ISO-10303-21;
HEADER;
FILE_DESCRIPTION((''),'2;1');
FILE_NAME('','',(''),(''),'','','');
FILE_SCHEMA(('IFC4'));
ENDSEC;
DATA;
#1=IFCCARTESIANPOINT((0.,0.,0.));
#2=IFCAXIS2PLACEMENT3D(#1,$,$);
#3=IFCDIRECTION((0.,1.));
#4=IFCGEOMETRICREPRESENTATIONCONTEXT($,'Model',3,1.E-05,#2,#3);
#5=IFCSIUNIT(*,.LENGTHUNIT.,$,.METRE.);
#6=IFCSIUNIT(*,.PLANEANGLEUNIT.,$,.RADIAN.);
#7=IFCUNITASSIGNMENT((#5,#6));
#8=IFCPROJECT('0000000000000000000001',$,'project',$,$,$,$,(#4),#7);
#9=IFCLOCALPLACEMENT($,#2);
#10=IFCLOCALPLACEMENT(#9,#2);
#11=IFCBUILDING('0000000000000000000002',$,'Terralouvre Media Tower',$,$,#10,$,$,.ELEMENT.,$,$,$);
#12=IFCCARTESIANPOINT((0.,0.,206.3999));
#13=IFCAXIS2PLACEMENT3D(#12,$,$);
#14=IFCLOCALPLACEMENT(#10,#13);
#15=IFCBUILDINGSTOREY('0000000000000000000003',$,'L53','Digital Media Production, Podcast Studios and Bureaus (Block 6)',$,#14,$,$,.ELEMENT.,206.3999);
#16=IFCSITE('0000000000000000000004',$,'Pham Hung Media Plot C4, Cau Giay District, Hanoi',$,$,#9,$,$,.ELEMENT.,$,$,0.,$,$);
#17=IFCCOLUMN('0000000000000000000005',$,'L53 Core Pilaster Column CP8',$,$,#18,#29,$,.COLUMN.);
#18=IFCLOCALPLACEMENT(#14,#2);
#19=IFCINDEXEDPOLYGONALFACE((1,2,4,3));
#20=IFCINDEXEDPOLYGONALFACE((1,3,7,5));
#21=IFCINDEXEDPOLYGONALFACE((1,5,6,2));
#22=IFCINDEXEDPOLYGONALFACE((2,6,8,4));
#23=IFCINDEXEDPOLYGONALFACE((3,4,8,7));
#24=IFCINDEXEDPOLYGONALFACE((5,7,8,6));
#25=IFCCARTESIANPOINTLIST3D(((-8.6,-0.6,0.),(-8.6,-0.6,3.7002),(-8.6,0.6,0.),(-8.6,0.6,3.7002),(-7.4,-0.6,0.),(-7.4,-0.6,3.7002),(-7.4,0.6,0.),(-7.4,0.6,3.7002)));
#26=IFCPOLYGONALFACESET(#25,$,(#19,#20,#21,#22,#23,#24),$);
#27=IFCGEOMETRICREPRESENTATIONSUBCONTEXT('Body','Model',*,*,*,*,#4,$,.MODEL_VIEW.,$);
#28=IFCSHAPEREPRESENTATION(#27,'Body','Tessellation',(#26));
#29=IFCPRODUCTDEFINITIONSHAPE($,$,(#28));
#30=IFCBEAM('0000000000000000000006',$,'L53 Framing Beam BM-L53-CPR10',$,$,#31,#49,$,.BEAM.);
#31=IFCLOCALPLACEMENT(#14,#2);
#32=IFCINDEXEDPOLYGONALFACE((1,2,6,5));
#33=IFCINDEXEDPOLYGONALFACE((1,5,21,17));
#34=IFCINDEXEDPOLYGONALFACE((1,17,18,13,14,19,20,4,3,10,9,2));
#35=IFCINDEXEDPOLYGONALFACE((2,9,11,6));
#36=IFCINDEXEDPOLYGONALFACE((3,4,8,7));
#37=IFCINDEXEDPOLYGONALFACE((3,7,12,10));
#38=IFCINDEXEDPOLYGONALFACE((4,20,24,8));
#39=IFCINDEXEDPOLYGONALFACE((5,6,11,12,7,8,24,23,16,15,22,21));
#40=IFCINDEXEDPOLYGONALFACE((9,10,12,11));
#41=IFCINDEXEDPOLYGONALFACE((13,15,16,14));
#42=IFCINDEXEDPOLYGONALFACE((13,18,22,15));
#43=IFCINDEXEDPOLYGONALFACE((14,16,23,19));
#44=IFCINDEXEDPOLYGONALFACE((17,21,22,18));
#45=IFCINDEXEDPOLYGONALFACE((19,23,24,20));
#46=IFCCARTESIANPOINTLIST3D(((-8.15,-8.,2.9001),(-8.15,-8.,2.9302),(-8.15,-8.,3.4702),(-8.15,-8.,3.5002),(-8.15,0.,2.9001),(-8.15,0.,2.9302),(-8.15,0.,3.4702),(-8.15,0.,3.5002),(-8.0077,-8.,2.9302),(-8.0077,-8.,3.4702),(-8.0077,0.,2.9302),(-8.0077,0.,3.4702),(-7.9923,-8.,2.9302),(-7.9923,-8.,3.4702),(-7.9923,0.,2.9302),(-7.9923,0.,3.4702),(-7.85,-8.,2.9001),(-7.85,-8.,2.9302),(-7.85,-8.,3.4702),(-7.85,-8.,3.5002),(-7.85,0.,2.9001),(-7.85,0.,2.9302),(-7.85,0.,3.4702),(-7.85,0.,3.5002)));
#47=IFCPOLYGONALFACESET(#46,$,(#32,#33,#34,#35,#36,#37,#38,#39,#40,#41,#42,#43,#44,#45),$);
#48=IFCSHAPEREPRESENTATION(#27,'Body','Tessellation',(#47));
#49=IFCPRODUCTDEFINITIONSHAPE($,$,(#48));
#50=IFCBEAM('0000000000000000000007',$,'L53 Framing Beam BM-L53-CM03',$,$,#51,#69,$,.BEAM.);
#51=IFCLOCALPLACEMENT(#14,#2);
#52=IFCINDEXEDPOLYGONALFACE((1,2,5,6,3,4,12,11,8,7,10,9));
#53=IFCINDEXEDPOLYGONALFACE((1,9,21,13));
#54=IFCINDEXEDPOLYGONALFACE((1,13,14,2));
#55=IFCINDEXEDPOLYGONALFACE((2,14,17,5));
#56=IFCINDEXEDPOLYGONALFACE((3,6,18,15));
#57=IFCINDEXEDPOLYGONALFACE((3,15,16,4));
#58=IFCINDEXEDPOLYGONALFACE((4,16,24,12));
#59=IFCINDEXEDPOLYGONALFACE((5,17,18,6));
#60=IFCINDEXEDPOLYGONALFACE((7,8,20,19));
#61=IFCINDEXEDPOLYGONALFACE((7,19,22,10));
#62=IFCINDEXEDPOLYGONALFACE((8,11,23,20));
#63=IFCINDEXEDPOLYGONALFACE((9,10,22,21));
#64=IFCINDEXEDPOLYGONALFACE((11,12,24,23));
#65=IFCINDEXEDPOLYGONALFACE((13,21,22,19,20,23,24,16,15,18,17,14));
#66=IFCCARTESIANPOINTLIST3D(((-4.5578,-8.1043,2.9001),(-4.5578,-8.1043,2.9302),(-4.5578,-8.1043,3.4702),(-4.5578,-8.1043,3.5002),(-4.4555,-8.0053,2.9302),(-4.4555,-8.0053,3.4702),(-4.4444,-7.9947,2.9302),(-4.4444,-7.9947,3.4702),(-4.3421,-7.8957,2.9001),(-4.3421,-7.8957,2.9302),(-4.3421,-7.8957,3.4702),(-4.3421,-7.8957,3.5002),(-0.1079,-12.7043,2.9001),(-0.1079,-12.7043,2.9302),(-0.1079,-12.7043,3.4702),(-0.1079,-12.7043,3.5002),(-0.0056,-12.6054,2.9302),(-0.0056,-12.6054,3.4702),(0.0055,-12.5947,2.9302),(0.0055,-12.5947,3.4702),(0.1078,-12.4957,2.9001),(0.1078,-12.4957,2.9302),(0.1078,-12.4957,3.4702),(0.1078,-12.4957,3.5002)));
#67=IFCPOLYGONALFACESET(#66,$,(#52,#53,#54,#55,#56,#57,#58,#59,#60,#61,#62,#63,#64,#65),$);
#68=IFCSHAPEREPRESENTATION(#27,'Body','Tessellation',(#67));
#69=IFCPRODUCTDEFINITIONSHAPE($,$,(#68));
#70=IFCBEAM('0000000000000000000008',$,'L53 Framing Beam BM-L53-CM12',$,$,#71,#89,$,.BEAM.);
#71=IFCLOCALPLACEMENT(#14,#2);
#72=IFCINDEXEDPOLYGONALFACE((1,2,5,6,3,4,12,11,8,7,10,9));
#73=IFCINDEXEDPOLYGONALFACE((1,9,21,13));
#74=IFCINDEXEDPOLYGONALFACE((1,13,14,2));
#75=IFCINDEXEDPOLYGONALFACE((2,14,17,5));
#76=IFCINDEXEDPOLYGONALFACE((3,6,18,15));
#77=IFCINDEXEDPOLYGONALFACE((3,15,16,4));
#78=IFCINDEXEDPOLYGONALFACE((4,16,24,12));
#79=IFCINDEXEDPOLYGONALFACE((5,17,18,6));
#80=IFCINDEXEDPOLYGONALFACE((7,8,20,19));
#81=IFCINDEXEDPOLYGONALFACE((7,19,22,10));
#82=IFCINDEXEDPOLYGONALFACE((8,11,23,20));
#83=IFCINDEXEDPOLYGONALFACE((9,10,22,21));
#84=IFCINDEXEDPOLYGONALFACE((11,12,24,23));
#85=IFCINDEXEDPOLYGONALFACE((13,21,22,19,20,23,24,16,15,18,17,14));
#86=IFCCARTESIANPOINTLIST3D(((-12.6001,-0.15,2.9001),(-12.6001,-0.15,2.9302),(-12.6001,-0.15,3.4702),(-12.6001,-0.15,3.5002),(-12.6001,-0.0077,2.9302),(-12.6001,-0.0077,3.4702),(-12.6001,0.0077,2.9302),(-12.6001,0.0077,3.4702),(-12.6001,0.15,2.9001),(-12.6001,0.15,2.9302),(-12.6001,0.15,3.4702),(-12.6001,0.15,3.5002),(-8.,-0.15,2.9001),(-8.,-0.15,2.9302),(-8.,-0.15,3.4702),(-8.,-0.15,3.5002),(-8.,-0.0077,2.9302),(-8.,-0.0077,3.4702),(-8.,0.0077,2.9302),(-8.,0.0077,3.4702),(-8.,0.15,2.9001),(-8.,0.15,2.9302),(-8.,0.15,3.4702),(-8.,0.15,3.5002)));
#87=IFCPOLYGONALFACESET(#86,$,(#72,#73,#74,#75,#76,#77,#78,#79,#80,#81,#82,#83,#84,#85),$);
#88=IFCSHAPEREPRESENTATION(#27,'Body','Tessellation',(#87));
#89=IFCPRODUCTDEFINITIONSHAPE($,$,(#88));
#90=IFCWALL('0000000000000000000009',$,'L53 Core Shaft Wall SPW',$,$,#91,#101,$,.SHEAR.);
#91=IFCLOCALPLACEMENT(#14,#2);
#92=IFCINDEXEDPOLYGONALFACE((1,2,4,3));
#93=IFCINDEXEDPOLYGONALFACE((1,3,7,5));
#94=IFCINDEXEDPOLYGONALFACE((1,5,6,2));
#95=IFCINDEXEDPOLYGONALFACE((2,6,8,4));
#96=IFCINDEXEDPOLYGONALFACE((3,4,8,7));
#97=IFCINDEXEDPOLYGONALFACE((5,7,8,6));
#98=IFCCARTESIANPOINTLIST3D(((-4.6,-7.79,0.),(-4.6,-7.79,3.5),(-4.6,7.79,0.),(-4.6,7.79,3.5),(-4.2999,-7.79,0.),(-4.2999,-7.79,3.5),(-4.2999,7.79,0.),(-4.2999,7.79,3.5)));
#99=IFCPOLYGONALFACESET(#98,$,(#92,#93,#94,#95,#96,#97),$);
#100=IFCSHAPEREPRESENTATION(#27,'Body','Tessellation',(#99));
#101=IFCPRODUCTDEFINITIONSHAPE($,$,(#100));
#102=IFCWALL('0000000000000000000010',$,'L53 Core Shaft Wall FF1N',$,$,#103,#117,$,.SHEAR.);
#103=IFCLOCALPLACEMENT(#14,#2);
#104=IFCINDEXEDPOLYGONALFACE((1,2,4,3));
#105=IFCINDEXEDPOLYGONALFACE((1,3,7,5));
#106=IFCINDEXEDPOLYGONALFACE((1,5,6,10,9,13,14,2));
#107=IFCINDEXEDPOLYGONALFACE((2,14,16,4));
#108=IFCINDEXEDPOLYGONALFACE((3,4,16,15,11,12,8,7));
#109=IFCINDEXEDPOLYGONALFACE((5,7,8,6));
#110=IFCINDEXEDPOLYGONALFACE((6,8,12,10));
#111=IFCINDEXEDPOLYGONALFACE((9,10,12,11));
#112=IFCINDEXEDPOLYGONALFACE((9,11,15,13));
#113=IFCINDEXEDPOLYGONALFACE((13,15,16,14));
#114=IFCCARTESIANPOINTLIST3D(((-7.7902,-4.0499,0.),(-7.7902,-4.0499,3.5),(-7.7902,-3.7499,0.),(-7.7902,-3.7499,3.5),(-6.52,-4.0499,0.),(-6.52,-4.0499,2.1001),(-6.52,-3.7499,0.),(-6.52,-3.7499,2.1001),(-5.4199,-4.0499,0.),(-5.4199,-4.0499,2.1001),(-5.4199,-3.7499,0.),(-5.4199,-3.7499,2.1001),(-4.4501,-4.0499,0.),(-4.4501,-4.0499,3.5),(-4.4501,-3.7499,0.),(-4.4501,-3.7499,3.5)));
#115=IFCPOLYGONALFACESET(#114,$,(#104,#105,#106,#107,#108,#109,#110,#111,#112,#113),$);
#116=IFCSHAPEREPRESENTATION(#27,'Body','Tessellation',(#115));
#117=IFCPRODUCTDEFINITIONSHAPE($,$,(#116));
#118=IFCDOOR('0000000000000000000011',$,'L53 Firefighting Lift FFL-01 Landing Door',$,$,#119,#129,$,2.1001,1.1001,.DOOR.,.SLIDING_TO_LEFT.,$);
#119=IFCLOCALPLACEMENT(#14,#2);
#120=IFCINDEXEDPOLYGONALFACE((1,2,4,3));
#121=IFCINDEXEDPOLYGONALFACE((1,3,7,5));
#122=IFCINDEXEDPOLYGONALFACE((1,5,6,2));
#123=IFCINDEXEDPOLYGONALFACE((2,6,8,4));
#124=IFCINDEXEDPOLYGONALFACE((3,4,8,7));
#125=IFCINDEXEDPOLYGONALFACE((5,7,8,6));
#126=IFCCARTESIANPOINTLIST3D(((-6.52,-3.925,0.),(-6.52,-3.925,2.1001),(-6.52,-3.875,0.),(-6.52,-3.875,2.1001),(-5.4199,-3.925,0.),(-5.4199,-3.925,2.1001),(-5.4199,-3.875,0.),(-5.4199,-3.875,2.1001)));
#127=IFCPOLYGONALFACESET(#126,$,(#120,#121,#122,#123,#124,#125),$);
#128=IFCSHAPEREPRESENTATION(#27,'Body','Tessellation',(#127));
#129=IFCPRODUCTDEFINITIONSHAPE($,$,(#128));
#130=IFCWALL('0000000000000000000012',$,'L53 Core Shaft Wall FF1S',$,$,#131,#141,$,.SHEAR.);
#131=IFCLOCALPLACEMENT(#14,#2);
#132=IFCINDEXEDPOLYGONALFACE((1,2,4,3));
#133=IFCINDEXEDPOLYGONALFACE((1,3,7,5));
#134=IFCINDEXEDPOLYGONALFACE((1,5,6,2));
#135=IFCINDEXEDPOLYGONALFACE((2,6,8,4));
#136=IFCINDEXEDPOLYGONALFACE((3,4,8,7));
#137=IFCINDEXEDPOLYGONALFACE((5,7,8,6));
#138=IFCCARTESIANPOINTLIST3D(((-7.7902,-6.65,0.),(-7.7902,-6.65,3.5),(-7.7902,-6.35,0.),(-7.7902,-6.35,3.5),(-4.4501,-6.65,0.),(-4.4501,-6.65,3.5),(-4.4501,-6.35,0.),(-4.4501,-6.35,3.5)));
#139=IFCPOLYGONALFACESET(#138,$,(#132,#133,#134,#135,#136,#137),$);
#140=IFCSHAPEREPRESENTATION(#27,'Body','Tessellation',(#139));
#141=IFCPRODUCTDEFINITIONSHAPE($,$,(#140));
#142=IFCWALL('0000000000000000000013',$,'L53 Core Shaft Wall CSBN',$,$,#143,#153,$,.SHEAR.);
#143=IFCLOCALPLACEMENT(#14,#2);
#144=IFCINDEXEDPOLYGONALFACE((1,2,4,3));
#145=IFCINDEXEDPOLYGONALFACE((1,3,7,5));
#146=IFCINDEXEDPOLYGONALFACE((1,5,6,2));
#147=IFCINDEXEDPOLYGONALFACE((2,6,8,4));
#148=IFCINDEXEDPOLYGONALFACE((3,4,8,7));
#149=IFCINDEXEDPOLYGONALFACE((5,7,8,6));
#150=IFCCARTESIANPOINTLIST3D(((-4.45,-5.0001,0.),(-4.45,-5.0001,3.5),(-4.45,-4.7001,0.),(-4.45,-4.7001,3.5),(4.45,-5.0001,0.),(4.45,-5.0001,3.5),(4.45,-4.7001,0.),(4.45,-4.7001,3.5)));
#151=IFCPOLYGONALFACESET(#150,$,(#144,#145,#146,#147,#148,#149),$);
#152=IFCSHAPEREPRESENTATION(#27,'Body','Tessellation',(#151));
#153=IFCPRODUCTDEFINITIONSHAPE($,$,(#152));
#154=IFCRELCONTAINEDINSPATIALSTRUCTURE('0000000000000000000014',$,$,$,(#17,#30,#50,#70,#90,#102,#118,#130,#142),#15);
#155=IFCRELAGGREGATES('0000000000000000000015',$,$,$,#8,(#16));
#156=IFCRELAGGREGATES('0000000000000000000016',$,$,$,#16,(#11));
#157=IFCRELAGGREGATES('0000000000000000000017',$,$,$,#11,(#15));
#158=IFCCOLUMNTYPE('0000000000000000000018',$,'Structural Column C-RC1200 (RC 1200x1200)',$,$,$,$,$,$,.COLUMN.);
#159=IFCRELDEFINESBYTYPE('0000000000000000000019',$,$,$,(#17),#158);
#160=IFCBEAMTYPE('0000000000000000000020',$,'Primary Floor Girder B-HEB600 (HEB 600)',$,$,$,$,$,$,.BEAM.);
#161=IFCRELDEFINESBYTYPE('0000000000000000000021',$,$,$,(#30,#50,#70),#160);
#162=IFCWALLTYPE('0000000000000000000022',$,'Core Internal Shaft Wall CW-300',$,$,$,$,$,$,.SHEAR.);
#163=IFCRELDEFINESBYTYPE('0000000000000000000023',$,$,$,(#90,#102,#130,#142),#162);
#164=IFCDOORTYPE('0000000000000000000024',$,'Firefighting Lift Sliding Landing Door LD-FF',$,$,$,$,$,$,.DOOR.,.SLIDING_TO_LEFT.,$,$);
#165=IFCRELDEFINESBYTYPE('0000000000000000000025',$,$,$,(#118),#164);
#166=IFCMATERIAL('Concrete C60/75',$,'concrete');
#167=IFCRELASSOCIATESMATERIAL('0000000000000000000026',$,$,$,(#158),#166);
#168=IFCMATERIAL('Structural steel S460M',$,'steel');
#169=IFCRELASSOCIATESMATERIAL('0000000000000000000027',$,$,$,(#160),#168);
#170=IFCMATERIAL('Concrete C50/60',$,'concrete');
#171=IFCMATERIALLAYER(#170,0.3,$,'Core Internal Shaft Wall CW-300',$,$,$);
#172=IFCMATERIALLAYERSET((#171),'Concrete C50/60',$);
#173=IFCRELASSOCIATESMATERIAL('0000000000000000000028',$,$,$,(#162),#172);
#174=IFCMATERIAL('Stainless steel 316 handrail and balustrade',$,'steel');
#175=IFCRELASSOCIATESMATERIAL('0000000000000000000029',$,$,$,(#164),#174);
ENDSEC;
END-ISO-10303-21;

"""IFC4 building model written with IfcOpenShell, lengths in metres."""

from ifc_helpers import new_model, si_unit, direction, frame, frame_2d, origin, origin_2d, place, context, subcontext, project, spatial, rectangle, i_section, extrude, material, layer, layer_set, material_profile, profile_set, type_object, element, fill, save


model = new_model("IFC4")

# Units and contexts
model_context = context("Model", 3, precision=1e-05, world=origin(), true_north=direction((0.0, 1.0)))
body_context = subcontext(model_context, "Body", "Model", "MODEL_VIEW")
ifc_project = project(units=[si_unit("LENGTHUNIT", "METRE"), si_unit("PLANEANGLEUNIT", "RADIAN")], contexts=[model_context])

# Site, building, storey
site_placement = place(None, origin())
site = spatial("IfcSite", under=ifc_project, at=site_placement, Name="Pham Hung Media Plot C4, Cau Giay District, Hanoi", CompositionType="ELEMENT", RefElevation=0.0)
building_placement = place(site_placement, origin())
building = spatial("IfcBuilding", under=site, at=building_placement, Name="Terralouvre Media Tower", CompositionType="ELEMENT")
storey_placement = place(building_placement, frame((0.0, 0.0, 206.3999)))
storey = spatial("IfcBuildingStorey", under=building, at=storey_placement, Name="L53", Description="Digital Media Production, Podcast Studios and Bureaus (Block 6)", CompositionType="ELEMENT", Elevation=206.3999)

# Column
ifc_material_1 = material(Name="Concrete C60/75", Category="concrete")
ifc_material_profile_1 = material_profile(ifc_material_1, rectangle(XDim=1.2, YDim=1.2, at=origin_2d()), Name="RC 1200x1200")
ifc_profile_set_1 = profile_set([ifc_material_profile_1], Name="Concrete C60/75")
column_type = type_object("IfcColumnType", Name="Structural Column C-RC1200 (RC 1200x1200)", PredefinedType="COLUMN", material=ifc_profile_set_1)
column_placement = place(storey_placement, frame((-8.0, 0.0, 0.0), z_axis=(0.0, 0.0, 1.0), x_axis=(1.0, 0.0, 0.0)))
element("IfcColumn", 1, at=column_placement, inside=storey, type_object=column_type, Name="L53 Core Pilaster Column CP8", PredefinedType="COLUMN", context=body_context, shape_type="SweptSolid", body=[
    extrude(rectangle(XDim=1.2, YDim=1.2, at=origin_2d()), origin(), (0.0, 0.0, 1.0), 3.7002),
])

# Beams
ifc_material_2 = material(Name="Structural steel S460M", Category="steel")
ifc_material_profile_2 = material_profile(ifc_material_2, i_section(OverallWidth=0.3, OverallDepth=0.6001, WebThickness=0.0154, FlangeThickness=0.03, at=origin_2d()), Name="HEB 600")
ifc_profile_set_2 = profile_set([ifc_material_profile_2], Name="Structural steel S460M")
beam_type = type_object("IfcBeamType", Name="Primary Floor Girder B-HEB600 (HEB 600)", PredefinedType="BEAM", material=ifc_profile_set_2)
beam_1_placement = place(storey_placement, frame((-8.0, 0.0, 3.2002), z_axis=(0.0, -1.0, 0.0), x_axis=(1.0, 0.0, 0.0)))
element("IfcBeam", 2, at=beam_1_placement, inside=storey, type_object=beam_type, Name="L53 Framing Beam BM-L53-CPR10", PredefinedType="BEAM", context=body_context, shape_type="SweptSolid", body=[
    extrude(i_section(OverallWidth=0.3, OverallDepth=0.6001, WebThickness=0.0154, FlangeThickness=0.03, at=origin_2d()), origin(), (0.0, 0.0, 1.0), 8.0),
])
beam_2_placement = place(storey_placement, frame((-4.45, -8.0, 3.2002), z_axis=(0.69528, -0.718739, 0.0), x_axis=(0.718739, 0.69528, 0.0)))
element("IfcBeam", 3, at=beam_2_placement, inside=storey, type_object=beam_type, Name="L53 Framing Beam BM-L53-CM03", PredefinedType="BEAM", context=body_context, shape_type="SweptSolid", body=[
    extrude(i_section(OverallWidth=0.3, OverallDepth=0.6001, WebThickness=0.0154, FlangeThickness=0.03, at=origin_2d()), origin(), (0.0, 0.0, 1.0), 6.4001),
])
beam_3_placement = place(storey_placement, frame((-8.0, 0.0, 3.2002), z_axis=(-1.0, 0.0, 0.0), x_axis=(0.0, -1.0, 0.0)))
element("IfcBeam", 4, at=beam_3_placement, inside=storey, type_object=beam_type, Name="L53 Framing Beam BM-L53-CM12", PredefinedType="BEAM", context=body_context, shape_type="SweptSolid", body=[
    extrude(i_section(OverallWidth=0.3, OverallDepth=0.6001, WebThickness=0.0154, FlangeThickness=0.03, at=origin_2d()), origin(), (0.0, 0.0, 1.0), 4.6001),
])

# Wall
ifc_material_3 = material(Name="Concrete C50/60", Category="concrete")
ifc_layer_1 = layer(ifc_material_3, 0.3, Name="Core Internal Shaft Wall CW-300")
ifc_layer_set_1 = layer_set([ifc_layer_1], Name="Concrete C50/60")
wall_type_1 = type_object("IfcWallType", Name="Core Internal Shaft Wall CW-300", PredefinedType="SHEAR", material=ifc_layer_set_1)
wall_1_placement = place(storey_placement, frame((-4.45, -7.79, 0.0), z_axis=(0.0, 0.0, 1.0), x_axis=(0.0, 1.0, 0.0)))
element("IfcWall", 5, at=wall_1_placement, inside=storey, type_object=wall_type_1, Name="L53 Core Shaft Wall SPW", PredefinedType="SHEAR", context=body_context, shape_type="SweptSolid", body=[
    extrude(rectangle(XDim=15.5801, YDim=0.3, at=frame_2d((7.79, 0.0))), origin(), (0.0, 0.0, 1.0), 3.5),
])

# Wall, opening, door
wall_2_placement = place(storey_placement, frame((-7.79, -3.8999, 0.0), z_axis=(0.0, 0.0, 1.0), x_axis=(1.0, 0.0, 0.0)))
wall_2 = element("IfcWall", 6, at=wall_2_placement, inside=storey, type_object=wall_type_1, Name="L53 Core Shaft Wall FF1N", PredefinedType="SHEAR", context=body_context, shape_type="SweptSolid", body=[
    extrude(rectangle(XDim=3.3401, YDim=0.3, at=frame_2d((1.6699, 0.0))), origin(), (0.0, 0.0, 1.0), 3.5),
])
opening_1_placement = place(wall_2_placement, frame((1.27, 0.0, 0.0)))
opening_1 = element("IfcOpeningElement", 7, at=opening_1_placement, cuts=wall_2, PredefinedType="OPENING", context=body_context, shape_type="SweptSolid", body=[
    extrude(rectangle(XDim=1.1001, YDim=2.1001, at=frame_2d((0.55, 1.05))), frame((0.0, 0.1599, 0.0), z_axis=(0.0, -1.0, 0.0), x_axis=(1.0, 0.0, 0.0)), (0.0, 0.0, 1.0), 0.3201),
])
ifc_material_4 = material(Name="Stainless steel 316 handrail and balustrade", Category="steel")
door_type_1 = type_object("IfcDoorType", Name="Firefighting Lift Sliding Landing Door LD-FF", OperationType="SLIDING_TO_LEFT", PredefinedType="DOOR", material=ifc_material_4)
door_1_placement = place(opening_1_placement, origin())
door_1 = element("IfcDoor", 8, at=door_1_placement, inside=storey, type_object=door_type_1, Name="L53 Firefighting Lift FFL-01 Landing Door", OperationType="SLIDING_TO_LEFT", OverallHeight=2.1001, OverallWidth=1.1001, PredefinedType="DOOR", context=body_context, shape_type="SweptSolid", body=[
    extrude(rectangle(XDim=1.1001, YDim=2.1001, at=frame_2d((0.55, 1.05))), frame((0.0, 0.0249, 0.0), z_axis=(0.0, -1.0, 0.0), x_axis=(1.0, 0.0, 0.0)), (0.0, 0.0, 1.0), 0.05),
])
fill(opening_1, door_1)

# Walls
wall_3_placement = place(storey_placement, frame((-7.79, -6.5, 0.0), z_axis=(0.0, 0.0, 1.0), x_axis=(1.0, 0.0, 0.0)))
element("IfcWall", 9, at=wall_3_placement, inside=storey, type_object=wall_type_1, Name="L53 Core Shaft Wall FF1S", PredefinedType="SHEAR", context=body_context, shape_type="SweptSolid", body=[
    extrude(rectangle(XDim=3.3401, YDim=0.3, at=frame_2d((1.6699, 0.0))), origin(), (0.0, 0.0, 1.0), 3.5),
])
wall_4_placement = place(storey_placement, frame((-4.45, -4.8501, 0.0), z_axis=(0.0, 0.0, 1.0), x_axis=(1.0, 0.0, 0.0)))
element("IfcWall", 10, at=wall_4_placement, inside=storey, type_object=wall_type_1, Name="L53 Core Shaft Wall CSBN", PredefinedType="SHEAR", context=body_context, shape_type="SweptSolid", body=[
    extrude(rectangle(XDim=8.8999, YDim=0.3, at=frame_2d((4.45, 0.0))), origin(), (0.0, 0.0, 1.0), 3.5),
])

save(model, "model.ifc")
